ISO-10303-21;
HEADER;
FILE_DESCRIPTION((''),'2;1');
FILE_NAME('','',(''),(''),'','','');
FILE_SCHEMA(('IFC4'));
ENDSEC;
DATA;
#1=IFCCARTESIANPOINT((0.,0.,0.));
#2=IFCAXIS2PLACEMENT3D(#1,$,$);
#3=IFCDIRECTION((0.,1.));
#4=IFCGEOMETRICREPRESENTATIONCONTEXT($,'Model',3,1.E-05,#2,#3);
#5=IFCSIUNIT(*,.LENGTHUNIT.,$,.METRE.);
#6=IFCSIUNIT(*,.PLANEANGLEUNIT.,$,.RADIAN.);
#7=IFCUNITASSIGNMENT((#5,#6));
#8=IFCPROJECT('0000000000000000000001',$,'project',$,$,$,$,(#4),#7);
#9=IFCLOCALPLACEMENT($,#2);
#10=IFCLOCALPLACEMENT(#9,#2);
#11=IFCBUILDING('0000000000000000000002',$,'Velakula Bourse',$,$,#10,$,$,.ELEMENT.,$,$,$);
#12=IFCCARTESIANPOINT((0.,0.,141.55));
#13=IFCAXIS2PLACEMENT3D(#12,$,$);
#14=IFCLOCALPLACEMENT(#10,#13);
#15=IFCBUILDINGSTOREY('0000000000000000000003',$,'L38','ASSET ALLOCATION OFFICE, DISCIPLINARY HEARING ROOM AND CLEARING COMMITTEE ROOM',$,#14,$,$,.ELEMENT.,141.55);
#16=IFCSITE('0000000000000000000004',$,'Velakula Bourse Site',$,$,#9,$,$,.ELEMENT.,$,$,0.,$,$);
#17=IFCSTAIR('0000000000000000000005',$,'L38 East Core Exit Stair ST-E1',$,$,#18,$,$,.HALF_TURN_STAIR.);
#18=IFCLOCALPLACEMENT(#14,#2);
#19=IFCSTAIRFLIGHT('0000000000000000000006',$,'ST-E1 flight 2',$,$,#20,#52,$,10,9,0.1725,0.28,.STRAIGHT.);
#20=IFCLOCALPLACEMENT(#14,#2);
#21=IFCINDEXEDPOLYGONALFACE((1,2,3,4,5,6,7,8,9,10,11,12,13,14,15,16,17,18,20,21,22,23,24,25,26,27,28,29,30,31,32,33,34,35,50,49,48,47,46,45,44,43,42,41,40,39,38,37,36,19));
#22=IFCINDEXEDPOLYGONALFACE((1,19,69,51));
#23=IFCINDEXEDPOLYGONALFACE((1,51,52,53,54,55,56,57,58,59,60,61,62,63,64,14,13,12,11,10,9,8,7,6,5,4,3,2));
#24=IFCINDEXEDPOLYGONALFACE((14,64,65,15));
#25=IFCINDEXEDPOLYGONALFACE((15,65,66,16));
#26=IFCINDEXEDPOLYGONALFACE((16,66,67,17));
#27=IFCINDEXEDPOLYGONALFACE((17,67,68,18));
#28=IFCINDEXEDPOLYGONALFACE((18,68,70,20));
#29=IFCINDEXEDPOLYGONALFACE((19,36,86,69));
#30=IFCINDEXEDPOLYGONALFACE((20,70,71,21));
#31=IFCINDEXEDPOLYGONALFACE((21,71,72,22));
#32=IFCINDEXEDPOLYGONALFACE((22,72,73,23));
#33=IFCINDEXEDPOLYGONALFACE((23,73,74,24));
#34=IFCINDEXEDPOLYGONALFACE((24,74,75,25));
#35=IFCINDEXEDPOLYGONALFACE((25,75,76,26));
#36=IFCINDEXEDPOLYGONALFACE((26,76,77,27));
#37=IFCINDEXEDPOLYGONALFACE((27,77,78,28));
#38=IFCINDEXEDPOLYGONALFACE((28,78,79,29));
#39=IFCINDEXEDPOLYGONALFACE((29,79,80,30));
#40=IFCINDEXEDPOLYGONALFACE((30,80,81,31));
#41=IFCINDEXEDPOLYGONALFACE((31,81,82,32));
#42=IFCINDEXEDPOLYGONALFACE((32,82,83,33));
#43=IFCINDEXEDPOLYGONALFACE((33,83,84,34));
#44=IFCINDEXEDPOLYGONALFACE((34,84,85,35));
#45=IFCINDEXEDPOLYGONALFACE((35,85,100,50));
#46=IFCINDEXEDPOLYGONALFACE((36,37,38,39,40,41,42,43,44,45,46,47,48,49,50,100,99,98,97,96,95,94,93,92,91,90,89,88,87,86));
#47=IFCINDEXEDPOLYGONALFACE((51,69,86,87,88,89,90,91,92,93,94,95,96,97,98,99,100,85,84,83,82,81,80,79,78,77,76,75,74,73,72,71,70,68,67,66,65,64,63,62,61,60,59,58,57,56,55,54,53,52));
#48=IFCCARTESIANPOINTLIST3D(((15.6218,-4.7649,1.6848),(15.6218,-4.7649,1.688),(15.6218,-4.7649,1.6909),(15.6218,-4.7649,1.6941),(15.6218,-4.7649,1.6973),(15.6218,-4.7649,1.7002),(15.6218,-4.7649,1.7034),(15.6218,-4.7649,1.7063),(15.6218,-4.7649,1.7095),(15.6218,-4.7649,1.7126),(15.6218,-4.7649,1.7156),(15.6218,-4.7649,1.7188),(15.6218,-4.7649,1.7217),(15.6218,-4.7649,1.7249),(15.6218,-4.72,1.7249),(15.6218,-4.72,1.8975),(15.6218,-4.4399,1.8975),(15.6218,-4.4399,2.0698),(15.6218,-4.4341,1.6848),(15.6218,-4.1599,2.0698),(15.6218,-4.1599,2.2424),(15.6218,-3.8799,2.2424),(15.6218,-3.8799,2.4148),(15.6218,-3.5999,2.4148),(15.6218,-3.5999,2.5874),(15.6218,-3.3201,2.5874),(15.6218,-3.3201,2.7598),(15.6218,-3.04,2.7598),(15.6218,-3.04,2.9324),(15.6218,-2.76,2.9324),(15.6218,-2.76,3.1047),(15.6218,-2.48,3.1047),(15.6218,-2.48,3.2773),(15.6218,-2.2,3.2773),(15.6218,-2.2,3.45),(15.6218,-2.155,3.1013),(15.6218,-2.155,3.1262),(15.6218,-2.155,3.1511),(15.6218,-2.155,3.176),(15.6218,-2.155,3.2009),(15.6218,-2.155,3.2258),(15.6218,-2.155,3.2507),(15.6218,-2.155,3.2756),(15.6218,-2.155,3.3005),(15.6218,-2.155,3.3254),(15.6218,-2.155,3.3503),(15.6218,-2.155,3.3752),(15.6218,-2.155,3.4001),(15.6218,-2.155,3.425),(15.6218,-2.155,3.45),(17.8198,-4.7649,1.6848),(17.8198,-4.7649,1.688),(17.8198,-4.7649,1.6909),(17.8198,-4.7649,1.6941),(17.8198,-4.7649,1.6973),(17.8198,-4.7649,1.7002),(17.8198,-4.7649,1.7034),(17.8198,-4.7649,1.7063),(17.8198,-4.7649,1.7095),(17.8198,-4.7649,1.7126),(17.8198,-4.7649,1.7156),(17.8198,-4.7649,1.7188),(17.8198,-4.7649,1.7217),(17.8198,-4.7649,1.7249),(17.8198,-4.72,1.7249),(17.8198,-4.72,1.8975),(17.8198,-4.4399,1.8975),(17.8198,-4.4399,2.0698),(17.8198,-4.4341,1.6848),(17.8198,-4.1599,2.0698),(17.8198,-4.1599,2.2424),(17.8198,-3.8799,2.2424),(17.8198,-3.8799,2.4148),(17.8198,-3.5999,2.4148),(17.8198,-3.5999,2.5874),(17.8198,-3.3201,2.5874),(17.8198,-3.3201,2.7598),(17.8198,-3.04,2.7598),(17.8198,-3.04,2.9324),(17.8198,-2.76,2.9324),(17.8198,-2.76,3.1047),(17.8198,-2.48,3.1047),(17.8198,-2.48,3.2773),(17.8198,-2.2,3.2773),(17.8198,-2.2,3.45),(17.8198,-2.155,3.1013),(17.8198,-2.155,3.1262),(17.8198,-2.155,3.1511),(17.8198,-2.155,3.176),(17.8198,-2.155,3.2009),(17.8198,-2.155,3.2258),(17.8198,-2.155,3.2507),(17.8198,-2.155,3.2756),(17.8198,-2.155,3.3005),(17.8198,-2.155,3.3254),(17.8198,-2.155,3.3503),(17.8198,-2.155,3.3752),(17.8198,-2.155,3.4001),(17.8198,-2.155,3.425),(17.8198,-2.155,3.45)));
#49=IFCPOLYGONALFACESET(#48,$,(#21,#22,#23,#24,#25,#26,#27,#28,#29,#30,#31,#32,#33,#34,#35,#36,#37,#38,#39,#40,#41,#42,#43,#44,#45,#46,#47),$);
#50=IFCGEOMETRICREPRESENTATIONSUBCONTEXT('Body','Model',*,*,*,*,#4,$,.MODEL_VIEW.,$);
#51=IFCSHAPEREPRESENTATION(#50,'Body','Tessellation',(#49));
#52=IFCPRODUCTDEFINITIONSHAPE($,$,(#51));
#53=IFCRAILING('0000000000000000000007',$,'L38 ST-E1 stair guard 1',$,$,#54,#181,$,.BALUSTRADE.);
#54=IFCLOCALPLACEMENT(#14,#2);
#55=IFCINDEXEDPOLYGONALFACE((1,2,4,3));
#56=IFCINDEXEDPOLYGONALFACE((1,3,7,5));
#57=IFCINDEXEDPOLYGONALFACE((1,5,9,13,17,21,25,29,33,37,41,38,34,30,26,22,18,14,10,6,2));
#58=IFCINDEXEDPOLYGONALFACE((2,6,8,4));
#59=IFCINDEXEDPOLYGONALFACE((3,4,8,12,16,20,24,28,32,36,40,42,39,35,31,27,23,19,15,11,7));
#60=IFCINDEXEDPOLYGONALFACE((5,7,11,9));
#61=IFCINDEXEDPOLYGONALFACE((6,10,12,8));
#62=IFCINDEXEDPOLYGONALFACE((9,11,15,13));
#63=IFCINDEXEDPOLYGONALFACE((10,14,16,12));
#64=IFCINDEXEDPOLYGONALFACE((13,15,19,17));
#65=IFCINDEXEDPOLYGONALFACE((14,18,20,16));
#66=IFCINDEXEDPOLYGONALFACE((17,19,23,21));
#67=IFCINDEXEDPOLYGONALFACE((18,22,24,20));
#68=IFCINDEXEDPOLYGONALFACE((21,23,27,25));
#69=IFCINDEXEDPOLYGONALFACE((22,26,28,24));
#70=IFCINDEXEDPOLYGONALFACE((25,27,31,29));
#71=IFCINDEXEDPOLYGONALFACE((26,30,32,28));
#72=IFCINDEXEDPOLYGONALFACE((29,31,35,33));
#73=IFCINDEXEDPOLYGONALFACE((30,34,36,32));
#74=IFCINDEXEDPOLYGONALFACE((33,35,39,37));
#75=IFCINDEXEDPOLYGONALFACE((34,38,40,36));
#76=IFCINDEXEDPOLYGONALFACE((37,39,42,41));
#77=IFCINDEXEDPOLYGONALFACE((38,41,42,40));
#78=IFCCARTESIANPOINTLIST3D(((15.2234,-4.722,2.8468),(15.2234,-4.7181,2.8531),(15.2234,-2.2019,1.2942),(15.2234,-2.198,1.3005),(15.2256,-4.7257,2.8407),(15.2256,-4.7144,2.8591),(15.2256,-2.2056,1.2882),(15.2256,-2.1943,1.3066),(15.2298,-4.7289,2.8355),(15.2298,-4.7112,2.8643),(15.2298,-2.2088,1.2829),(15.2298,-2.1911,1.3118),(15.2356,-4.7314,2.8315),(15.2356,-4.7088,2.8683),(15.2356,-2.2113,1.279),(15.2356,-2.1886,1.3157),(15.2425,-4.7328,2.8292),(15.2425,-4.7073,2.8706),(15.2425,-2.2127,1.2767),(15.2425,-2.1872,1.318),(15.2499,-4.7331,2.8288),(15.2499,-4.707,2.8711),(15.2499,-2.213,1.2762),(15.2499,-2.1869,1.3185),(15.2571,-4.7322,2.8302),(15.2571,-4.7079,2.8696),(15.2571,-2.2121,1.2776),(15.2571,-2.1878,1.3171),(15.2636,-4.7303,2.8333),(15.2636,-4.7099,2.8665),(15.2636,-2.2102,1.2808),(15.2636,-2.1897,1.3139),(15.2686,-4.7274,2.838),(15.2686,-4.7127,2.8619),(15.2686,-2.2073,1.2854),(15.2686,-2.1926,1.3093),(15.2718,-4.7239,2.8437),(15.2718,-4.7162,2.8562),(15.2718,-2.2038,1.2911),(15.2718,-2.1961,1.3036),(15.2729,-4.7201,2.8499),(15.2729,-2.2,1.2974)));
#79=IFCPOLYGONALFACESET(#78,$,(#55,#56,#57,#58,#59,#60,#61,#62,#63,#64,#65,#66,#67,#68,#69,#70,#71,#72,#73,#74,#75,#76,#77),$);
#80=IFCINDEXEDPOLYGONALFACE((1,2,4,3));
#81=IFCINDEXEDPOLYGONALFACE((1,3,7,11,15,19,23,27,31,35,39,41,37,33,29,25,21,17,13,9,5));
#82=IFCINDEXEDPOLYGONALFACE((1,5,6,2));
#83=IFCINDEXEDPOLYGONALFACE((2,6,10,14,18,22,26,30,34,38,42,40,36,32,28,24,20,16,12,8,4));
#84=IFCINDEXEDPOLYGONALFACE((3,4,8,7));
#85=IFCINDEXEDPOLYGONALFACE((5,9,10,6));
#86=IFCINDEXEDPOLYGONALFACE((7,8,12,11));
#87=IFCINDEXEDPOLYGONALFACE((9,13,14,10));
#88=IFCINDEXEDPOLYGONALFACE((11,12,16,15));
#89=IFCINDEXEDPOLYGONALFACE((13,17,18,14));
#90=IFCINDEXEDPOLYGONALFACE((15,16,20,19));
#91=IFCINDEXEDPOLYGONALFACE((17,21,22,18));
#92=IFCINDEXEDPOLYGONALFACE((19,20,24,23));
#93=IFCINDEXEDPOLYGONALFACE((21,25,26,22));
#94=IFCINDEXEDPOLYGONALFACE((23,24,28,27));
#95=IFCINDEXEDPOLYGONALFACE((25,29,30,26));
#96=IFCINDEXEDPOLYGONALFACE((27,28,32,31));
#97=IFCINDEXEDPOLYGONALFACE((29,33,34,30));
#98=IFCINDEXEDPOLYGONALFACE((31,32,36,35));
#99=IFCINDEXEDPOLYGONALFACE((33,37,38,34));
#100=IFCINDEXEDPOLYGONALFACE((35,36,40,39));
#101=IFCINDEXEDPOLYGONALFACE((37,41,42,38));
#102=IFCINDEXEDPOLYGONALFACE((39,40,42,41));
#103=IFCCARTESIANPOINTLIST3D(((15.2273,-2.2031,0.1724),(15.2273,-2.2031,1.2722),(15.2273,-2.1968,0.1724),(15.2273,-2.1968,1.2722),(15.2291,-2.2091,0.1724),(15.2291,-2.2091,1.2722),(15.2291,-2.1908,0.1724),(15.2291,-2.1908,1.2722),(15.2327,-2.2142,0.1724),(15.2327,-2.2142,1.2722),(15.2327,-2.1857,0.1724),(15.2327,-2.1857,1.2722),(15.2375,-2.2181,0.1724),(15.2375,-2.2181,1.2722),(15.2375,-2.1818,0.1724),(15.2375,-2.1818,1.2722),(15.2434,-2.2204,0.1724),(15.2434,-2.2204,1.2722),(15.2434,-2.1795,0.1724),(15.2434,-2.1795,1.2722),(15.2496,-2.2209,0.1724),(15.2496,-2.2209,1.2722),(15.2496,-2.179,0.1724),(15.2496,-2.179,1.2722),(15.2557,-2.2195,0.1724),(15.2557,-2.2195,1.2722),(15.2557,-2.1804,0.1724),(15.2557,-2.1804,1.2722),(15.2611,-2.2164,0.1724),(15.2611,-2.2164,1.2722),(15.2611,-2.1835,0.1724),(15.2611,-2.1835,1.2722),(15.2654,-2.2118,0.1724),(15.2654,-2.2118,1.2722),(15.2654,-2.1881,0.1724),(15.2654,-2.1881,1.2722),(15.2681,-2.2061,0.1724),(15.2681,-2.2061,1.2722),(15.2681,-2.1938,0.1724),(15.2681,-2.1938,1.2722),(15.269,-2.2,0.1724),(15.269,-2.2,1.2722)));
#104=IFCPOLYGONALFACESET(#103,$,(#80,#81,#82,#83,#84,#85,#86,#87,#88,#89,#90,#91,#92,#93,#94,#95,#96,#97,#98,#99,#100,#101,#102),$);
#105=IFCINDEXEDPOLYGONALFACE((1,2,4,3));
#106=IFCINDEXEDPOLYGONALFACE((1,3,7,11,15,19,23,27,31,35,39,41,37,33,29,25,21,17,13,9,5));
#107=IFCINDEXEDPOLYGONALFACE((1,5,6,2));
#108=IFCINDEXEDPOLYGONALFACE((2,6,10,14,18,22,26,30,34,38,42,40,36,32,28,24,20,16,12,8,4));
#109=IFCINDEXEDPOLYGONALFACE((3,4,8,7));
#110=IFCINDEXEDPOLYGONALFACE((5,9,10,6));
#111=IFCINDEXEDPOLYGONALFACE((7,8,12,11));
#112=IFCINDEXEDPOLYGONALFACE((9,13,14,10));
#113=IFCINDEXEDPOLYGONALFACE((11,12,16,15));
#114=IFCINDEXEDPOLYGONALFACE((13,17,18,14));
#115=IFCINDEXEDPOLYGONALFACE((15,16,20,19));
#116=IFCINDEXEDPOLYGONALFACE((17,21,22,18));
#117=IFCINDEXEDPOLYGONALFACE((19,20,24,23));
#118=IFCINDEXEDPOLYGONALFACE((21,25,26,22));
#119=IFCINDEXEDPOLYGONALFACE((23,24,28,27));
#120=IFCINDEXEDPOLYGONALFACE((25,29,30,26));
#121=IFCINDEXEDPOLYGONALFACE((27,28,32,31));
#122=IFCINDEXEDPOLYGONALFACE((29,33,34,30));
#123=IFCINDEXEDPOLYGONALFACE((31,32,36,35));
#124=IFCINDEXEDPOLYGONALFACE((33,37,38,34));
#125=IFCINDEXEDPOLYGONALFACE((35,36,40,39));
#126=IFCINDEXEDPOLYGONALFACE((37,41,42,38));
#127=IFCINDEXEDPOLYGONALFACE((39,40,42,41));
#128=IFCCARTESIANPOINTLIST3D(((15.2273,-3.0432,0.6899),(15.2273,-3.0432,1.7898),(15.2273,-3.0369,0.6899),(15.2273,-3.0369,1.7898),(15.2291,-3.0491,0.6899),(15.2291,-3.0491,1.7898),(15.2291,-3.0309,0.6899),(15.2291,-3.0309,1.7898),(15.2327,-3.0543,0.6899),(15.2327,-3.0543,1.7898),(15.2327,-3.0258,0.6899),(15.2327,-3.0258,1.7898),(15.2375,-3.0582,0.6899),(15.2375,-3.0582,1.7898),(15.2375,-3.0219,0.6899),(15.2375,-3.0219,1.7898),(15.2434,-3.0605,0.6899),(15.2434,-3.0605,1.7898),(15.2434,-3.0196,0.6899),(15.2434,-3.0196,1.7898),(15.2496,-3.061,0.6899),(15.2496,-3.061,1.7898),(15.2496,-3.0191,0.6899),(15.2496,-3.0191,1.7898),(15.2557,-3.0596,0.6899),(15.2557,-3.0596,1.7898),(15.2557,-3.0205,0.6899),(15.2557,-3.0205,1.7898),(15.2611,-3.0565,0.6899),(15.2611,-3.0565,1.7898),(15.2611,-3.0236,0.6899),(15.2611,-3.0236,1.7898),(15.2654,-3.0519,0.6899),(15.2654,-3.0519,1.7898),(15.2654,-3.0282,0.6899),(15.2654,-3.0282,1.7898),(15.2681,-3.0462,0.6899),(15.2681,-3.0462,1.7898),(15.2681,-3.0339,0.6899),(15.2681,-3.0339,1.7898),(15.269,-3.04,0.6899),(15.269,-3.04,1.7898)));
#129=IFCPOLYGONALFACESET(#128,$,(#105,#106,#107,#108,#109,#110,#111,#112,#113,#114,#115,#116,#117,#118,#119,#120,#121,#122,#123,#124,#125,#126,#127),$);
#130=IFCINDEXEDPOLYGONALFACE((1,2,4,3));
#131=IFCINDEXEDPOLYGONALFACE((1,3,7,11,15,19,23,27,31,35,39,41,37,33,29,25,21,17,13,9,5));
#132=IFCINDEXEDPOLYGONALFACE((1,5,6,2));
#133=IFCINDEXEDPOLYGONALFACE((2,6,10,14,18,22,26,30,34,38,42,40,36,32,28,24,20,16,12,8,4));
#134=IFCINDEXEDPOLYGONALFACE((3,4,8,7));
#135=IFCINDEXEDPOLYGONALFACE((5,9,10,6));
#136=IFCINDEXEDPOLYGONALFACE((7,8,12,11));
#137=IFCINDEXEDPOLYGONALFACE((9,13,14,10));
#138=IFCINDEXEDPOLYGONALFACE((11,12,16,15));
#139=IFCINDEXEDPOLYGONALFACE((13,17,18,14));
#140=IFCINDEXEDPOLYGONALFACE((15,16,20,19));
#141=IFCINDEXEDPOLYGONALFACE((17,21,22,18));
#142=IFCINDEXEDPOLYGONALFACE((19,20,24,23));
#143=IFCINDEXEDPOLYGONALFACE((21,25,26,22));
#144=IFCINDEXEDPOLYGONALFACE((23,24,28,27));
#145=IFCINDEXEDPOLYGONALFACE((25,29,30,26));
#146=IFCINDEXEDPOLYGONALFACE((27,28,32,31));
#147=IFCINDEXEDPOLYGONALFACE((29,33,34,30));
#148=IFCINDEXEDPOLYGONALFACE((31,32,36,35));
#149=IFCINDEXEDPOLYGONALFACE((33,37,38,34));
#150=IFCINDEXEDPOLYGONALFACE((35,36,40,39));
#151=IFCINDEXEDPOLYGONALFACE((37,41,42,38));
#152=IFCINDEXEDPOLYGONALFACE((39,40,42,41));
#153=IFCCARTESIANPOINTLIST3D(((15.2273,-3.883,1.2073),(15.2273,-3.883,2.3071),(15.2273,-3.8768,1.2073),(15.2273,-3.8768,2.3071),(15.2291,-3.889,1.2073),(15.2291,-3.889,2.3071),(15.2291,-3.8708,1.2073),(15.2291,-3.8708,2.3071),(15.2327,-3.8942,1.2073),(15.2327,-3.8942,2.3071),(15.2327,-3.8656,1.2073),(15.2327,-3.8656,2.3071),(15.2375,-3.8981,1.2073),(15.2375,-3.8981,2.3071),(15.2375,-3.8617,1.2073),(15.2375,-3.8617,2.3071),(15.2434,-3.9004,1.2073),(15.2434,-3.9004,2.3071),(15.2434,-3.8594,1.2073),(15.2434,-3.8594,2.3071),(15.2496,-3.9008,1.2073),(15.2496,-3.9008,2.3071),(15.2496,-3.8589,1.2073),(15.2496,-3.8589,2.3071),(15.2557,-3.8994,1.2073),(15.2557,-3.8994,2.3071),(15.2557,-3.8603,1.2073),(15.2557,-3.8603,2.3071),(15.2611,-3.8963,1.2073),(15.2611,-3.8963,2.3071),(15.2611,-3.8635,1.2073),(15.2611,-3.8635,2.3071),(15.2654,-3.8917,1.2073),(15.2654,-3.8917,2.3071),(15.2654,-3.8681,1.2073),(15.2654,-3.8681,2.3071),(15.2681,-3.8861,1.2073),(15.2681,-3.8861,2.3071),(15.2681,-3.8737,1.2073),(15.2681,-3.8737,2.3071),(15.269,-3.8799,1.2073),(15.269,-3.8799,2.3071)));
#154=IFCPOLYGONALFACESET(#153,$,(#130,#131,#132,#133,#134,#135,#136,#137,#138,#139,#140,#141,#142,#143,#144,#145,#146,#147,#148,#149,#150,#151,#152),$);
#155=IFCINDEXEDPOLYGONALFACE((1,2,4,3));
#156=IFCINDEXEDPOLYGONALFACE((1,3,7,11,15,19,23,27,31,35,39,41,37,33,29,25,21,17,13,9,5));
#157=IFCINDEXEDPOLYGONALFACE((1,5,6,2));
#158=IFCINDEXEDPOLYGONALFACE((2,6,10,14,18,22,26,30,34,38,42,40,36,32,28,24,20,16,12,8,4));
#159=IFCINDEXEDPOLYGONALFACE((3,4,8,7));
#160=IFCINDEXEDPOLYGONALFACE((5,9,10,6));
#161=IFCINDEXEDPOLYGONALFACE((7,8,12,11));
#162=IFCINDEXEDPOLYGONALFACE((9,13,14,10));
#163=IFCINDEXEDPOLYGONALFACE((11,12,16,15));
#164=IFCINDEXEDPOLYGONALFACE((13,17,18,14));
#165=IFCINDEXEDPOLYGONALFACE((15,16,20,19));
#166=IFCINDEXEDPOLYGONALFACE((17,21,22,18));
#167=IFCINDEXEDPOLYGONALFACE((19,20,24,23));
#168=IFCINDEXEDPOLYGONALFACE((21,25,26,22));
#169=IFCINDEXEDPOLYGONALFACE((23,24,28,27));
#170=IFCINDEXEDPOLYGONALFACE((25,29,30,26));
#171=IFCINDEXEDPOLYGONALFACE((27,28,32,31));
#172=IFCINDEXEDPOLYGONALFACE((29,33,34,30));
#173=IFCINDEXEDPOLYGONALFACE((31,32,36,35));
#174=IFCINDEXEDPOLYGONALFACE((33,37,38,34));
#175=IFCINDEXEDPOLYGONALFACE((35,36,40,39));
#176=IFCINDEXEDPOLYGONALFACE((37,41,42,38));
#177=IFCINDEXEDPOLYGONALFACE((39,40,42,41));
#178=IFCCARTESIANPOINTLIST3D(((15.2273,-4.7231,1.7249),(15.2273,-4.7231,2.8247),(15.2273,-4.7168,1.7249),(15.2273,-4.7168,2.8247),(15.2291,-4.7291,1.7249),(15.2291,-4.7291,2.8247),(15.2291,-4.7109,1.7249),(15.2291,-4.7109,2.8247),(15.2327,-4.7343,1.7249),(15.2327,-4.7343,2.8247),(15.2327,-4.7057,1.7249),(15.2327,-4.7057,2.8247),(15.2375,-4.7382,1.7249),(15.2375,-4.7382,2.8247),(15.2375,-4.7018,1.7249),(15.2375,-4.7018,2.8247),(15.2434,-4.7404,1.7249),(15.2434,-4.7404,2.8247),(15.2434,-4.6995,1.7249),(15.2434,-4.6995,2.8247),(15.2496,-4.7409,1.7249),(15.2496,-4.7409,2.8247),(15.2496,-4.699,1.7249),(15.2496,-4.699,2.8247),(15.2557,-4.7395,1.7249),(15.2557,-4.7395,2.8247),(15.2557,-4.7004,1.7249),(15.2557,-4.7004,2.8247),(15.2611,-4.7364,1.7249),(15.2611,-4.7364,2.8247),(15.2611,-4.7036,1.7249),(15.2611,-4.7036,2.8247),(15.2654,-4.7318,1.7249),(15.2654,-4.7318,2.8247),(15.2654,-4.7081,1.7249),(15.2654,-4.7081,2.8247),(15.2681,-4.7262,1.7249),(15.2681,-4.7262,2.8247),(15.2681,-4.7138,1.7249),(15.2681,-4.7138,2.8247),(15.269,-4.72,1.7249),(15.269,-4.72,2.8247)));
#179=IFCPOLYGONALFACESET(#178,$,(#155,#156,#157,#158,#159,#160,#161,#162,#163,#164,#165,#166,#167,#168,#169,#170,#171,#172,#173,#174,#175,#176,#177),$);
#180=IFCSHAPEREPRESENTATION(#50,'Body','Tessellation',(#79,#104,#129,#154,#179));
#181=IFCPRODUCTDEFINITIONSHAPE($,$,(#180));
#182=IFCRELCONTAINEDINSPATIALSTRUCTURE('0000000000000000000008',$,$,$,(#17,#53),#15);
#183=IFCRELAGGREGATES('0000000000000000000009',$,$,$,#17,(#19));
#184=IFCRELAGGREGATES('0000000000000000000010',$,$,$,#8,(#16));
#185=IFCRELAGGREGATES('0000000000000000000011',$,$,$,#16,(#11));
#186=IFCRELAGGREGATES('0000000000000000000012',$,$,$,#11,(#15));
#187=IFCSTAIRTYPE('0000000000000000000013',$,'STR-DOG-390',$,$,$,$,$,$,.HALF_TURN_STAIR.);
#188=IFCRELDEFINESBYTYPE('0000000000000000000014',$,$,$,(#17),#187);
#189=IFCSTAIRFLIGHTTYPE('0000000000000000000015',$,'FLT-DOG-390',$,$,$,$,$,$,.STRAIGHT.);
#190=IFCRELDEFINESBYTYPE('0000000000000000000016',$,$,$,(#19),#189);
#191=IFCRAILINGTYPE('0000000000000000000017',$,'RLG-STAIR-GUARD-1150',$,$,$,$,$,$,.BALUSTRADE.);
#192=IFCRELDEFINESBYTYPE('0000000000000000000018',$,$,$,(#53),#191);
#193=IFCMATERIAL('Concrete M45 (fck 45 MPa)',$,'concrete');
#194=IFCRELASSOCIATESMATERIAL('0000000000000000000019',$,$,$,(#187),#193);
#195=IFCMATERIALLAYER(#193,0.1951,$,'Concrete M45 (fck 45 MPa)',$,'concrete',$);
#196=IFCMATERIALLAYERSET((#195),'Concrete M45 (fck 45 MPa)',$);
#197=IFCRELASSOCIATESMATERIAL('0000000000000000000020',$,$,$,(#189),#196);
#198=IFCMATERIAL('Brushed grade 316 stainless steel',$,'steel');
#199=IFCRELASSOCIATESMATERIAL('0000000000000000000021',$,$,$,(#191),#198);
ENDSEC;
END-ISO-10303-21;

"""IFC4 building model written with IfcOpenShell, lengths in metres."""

from ifc_helpers import new_model, si_unit, direction, frame, origin, origin_2d, place, context, subcontext, project, spatial, polyline, circle, outline, extrude, material, layer, layer_set, type_object, element, aggregate, save


model = new_model("IFC4")

# Units and contexts
model_context = context("Model", 3, precision=1e-05, world=origin(), true_north=direction((0.0, 1.0)))
body_context = subcontext(model_context, "Body", "Model", "MODEL_VIEW")
ifc_project = project(units=[si_unit("LENGTHUNIT", "METRE"), si_unit("PLANEANGLEUNIT", "RADIAN")], contexts=[model_context])

# Site, building, storey
site_placement = place(None, origin())
site = spatial("IfcSite", under=ifc_project, at=site_placement, Name="Velakula Bourse Site", CompositionType="ELEMENT", RefElevation=0.0)
building_placement = place(site_placement, origin())
building = spatial("IfcBuilding", under=site, at=building_placement, Name="Velakula Bourse", CompositionType="ELEMENT")
storey_placement = place(building_placement, frame((0.0, 0.0, 141.55)))
storey = spatial("IfcBuildingStorey", under=building, at=storey_placement, Name="L38", Description="ASSET ALLOCATION OFFICE, DISCIPLINARY HEARING ROOM AND CLEARING COMMITTEE ROOM", CompositionType="ELEMENT", Elevation=141.55)

# Shared definitions
ifc_material_1 = material(Name="Brushed grade 316 stainless steel", Category="steel")

# Stair, stair flight
ifc_material_2 = material(Name="Concrete M45 (fck 45 MPa)", Category="concrete")
stair_type = type_object("IfcStairType", Name="STR-DOG-390", PredefinedType="HALF_TURN_STAIR", material=ifc_material_2)
stair_placement = place(storey_placement, origin())
stair = element("IfcStair", 1, at=stair_placement, inside=storey, type_object=stair_type, Name="L38 East Core Exit Stair ST-E1", PredefinedType="HALF_TURN_STAIR")
ifc_layer_1 = layer(ifc_material_2, 0.1951, Name="Concrete M45 (fck 45 MPa)", Category="concrete")
ifc_layer_set_1 = layer_set([ifc_layer_1], Name="Concrete M45 (fck 45 MPa)")
stair_flight_type = type_object("IfcStairFlightType", Name="FLT-DOG-390", PredefinedType="STRAIGHT", material=ifc_layer_set_1)
stair_flight_1_placement = place(storey_placement, frame((16.7209, -4.72, 1.7249), z_axis=(0.0, 0.0, 1.0), x_axis=(0.0, 1.0, 0.0)))
stair_flight_1 = element("IfcStairFlight", 2, at=stair_flight_1_placement, type_object=stair_flight_type, Name="ST-E1 flight 2", NumberOfRisers=10, NumberOfTreads=9, PredefinedType="STRAIGHT", RiserHeight=0.1725, TreadLength=0.28, context=body_context, shape_type="SweptSolid", body=[
    extrude(outline(polyline([(-0.0449, -0.04), (-0.0449, -0.0369), (-0.0449, -0.0339), (-0.0449, -0.0308), (-0.0449, -0.0276), (-0.0449, -0.0247), (-0.0449, -0.0215), (-0.0449, -0.0186), (-0.0449, -0.0154), (-0.0449, -0.0122), (-0.0449, -0.0093), (-0.0449, -0.0061), (-0.0449, -0.0032), (-0.0449, 0.0), (0.0, 0.0), (0.0, 0.1726), (0.28, 0.1726), (0.28, 0.345), (0.5601, 0.345), (0.5601, 0.5176), (0.8401, 0.5176), (0.8401, 0.6899), (1.1201, 0.6899), (1.1201, 0.8625), (1.3999, 0.8625), (1.3999, 1.0349), (1.6799, 1.0349), (1.6799, 1.2075), (1.96, 1.2075), (1.96, 1.3799), (2.24, 1.3799), (2.24, 1.5525), (2.52, 1.5525), (2.52, 1.7251), (2.5649, 1.7251), (2.5649, 1.7002), (2.5649, 1.6753), (2.5649, 1.6504), (2.5649, 1.6255), (2.5649, 1.6006), (2.5649, 1.5757), (2.5649, 1.5508), (2.5649, 1.5259), (2.5649, 1.501), (2.5649, 1.4761), (2.5649, 1.4512), (2.5649, 1.4263), (2.5649, 1.4014), (2.5649, 1.3765), (0.2859, -0.04), (-0.0449, -0.04)])), frame((0.0, 1.0991, 0.0), z_axis=(0.0, -1.0, 0.0), x_axis=(1.0, 0.0, 0.0)), (0.0, 0.0, 1.0), 2.198),
])
aggregate(stair, [stair_flight_1])

# Railing
railing_type_1 = type_object("IfcRailingType", Name="RLG-STAIR-GUARD-1150", PredefinedType="BALUSTRADE", material=ifc_material_1)
railing_1_placement = place(storey_placement, frame((15.248, -2.2, 0.1724)))
element("IfcRailing", 3, at=railing_1_placement, inside=storey, type_object=railing_type_1, Name="L38 ST-E1 stair guard 1", PredefinedType="BALUSTRADE", context=body_context, shape_type="SweptSolid", body=[
    extrude(circle(Radius=0.0249, at=origin_2d()), frame((0.0, 0.0, 1.125), z_axis=(0.0, -0.8514, 0.524516), x_axis=(1.0, 0.0, 0.0)), (0.0, 0.0, 1.0), 2.96),
    extrude(circle(Radius=0.021, at=origin_2d()), origin(), (0.0, 0.0, 1.0), 1.0999),
    extrude(circle(Radius=0.021, at=origin_2d()), frame((0.0, -0.8401, 0.5176)), (0.0, 0.0, 1.0), 1.0999),
    extrude(circle(Radius=0.021, at=origin_2d()), frame((0.0, -1.6799, 1.0349)), (0.0, 0.0, 1.0), 1.0999),
    extrude(circle(Radius=0.021, at=origin_2d()), frame((0.0, -2.52, 1.5525)), (0.0, 0.0, 1.0), 1.0999),
])

save(model, "model.ifc")
